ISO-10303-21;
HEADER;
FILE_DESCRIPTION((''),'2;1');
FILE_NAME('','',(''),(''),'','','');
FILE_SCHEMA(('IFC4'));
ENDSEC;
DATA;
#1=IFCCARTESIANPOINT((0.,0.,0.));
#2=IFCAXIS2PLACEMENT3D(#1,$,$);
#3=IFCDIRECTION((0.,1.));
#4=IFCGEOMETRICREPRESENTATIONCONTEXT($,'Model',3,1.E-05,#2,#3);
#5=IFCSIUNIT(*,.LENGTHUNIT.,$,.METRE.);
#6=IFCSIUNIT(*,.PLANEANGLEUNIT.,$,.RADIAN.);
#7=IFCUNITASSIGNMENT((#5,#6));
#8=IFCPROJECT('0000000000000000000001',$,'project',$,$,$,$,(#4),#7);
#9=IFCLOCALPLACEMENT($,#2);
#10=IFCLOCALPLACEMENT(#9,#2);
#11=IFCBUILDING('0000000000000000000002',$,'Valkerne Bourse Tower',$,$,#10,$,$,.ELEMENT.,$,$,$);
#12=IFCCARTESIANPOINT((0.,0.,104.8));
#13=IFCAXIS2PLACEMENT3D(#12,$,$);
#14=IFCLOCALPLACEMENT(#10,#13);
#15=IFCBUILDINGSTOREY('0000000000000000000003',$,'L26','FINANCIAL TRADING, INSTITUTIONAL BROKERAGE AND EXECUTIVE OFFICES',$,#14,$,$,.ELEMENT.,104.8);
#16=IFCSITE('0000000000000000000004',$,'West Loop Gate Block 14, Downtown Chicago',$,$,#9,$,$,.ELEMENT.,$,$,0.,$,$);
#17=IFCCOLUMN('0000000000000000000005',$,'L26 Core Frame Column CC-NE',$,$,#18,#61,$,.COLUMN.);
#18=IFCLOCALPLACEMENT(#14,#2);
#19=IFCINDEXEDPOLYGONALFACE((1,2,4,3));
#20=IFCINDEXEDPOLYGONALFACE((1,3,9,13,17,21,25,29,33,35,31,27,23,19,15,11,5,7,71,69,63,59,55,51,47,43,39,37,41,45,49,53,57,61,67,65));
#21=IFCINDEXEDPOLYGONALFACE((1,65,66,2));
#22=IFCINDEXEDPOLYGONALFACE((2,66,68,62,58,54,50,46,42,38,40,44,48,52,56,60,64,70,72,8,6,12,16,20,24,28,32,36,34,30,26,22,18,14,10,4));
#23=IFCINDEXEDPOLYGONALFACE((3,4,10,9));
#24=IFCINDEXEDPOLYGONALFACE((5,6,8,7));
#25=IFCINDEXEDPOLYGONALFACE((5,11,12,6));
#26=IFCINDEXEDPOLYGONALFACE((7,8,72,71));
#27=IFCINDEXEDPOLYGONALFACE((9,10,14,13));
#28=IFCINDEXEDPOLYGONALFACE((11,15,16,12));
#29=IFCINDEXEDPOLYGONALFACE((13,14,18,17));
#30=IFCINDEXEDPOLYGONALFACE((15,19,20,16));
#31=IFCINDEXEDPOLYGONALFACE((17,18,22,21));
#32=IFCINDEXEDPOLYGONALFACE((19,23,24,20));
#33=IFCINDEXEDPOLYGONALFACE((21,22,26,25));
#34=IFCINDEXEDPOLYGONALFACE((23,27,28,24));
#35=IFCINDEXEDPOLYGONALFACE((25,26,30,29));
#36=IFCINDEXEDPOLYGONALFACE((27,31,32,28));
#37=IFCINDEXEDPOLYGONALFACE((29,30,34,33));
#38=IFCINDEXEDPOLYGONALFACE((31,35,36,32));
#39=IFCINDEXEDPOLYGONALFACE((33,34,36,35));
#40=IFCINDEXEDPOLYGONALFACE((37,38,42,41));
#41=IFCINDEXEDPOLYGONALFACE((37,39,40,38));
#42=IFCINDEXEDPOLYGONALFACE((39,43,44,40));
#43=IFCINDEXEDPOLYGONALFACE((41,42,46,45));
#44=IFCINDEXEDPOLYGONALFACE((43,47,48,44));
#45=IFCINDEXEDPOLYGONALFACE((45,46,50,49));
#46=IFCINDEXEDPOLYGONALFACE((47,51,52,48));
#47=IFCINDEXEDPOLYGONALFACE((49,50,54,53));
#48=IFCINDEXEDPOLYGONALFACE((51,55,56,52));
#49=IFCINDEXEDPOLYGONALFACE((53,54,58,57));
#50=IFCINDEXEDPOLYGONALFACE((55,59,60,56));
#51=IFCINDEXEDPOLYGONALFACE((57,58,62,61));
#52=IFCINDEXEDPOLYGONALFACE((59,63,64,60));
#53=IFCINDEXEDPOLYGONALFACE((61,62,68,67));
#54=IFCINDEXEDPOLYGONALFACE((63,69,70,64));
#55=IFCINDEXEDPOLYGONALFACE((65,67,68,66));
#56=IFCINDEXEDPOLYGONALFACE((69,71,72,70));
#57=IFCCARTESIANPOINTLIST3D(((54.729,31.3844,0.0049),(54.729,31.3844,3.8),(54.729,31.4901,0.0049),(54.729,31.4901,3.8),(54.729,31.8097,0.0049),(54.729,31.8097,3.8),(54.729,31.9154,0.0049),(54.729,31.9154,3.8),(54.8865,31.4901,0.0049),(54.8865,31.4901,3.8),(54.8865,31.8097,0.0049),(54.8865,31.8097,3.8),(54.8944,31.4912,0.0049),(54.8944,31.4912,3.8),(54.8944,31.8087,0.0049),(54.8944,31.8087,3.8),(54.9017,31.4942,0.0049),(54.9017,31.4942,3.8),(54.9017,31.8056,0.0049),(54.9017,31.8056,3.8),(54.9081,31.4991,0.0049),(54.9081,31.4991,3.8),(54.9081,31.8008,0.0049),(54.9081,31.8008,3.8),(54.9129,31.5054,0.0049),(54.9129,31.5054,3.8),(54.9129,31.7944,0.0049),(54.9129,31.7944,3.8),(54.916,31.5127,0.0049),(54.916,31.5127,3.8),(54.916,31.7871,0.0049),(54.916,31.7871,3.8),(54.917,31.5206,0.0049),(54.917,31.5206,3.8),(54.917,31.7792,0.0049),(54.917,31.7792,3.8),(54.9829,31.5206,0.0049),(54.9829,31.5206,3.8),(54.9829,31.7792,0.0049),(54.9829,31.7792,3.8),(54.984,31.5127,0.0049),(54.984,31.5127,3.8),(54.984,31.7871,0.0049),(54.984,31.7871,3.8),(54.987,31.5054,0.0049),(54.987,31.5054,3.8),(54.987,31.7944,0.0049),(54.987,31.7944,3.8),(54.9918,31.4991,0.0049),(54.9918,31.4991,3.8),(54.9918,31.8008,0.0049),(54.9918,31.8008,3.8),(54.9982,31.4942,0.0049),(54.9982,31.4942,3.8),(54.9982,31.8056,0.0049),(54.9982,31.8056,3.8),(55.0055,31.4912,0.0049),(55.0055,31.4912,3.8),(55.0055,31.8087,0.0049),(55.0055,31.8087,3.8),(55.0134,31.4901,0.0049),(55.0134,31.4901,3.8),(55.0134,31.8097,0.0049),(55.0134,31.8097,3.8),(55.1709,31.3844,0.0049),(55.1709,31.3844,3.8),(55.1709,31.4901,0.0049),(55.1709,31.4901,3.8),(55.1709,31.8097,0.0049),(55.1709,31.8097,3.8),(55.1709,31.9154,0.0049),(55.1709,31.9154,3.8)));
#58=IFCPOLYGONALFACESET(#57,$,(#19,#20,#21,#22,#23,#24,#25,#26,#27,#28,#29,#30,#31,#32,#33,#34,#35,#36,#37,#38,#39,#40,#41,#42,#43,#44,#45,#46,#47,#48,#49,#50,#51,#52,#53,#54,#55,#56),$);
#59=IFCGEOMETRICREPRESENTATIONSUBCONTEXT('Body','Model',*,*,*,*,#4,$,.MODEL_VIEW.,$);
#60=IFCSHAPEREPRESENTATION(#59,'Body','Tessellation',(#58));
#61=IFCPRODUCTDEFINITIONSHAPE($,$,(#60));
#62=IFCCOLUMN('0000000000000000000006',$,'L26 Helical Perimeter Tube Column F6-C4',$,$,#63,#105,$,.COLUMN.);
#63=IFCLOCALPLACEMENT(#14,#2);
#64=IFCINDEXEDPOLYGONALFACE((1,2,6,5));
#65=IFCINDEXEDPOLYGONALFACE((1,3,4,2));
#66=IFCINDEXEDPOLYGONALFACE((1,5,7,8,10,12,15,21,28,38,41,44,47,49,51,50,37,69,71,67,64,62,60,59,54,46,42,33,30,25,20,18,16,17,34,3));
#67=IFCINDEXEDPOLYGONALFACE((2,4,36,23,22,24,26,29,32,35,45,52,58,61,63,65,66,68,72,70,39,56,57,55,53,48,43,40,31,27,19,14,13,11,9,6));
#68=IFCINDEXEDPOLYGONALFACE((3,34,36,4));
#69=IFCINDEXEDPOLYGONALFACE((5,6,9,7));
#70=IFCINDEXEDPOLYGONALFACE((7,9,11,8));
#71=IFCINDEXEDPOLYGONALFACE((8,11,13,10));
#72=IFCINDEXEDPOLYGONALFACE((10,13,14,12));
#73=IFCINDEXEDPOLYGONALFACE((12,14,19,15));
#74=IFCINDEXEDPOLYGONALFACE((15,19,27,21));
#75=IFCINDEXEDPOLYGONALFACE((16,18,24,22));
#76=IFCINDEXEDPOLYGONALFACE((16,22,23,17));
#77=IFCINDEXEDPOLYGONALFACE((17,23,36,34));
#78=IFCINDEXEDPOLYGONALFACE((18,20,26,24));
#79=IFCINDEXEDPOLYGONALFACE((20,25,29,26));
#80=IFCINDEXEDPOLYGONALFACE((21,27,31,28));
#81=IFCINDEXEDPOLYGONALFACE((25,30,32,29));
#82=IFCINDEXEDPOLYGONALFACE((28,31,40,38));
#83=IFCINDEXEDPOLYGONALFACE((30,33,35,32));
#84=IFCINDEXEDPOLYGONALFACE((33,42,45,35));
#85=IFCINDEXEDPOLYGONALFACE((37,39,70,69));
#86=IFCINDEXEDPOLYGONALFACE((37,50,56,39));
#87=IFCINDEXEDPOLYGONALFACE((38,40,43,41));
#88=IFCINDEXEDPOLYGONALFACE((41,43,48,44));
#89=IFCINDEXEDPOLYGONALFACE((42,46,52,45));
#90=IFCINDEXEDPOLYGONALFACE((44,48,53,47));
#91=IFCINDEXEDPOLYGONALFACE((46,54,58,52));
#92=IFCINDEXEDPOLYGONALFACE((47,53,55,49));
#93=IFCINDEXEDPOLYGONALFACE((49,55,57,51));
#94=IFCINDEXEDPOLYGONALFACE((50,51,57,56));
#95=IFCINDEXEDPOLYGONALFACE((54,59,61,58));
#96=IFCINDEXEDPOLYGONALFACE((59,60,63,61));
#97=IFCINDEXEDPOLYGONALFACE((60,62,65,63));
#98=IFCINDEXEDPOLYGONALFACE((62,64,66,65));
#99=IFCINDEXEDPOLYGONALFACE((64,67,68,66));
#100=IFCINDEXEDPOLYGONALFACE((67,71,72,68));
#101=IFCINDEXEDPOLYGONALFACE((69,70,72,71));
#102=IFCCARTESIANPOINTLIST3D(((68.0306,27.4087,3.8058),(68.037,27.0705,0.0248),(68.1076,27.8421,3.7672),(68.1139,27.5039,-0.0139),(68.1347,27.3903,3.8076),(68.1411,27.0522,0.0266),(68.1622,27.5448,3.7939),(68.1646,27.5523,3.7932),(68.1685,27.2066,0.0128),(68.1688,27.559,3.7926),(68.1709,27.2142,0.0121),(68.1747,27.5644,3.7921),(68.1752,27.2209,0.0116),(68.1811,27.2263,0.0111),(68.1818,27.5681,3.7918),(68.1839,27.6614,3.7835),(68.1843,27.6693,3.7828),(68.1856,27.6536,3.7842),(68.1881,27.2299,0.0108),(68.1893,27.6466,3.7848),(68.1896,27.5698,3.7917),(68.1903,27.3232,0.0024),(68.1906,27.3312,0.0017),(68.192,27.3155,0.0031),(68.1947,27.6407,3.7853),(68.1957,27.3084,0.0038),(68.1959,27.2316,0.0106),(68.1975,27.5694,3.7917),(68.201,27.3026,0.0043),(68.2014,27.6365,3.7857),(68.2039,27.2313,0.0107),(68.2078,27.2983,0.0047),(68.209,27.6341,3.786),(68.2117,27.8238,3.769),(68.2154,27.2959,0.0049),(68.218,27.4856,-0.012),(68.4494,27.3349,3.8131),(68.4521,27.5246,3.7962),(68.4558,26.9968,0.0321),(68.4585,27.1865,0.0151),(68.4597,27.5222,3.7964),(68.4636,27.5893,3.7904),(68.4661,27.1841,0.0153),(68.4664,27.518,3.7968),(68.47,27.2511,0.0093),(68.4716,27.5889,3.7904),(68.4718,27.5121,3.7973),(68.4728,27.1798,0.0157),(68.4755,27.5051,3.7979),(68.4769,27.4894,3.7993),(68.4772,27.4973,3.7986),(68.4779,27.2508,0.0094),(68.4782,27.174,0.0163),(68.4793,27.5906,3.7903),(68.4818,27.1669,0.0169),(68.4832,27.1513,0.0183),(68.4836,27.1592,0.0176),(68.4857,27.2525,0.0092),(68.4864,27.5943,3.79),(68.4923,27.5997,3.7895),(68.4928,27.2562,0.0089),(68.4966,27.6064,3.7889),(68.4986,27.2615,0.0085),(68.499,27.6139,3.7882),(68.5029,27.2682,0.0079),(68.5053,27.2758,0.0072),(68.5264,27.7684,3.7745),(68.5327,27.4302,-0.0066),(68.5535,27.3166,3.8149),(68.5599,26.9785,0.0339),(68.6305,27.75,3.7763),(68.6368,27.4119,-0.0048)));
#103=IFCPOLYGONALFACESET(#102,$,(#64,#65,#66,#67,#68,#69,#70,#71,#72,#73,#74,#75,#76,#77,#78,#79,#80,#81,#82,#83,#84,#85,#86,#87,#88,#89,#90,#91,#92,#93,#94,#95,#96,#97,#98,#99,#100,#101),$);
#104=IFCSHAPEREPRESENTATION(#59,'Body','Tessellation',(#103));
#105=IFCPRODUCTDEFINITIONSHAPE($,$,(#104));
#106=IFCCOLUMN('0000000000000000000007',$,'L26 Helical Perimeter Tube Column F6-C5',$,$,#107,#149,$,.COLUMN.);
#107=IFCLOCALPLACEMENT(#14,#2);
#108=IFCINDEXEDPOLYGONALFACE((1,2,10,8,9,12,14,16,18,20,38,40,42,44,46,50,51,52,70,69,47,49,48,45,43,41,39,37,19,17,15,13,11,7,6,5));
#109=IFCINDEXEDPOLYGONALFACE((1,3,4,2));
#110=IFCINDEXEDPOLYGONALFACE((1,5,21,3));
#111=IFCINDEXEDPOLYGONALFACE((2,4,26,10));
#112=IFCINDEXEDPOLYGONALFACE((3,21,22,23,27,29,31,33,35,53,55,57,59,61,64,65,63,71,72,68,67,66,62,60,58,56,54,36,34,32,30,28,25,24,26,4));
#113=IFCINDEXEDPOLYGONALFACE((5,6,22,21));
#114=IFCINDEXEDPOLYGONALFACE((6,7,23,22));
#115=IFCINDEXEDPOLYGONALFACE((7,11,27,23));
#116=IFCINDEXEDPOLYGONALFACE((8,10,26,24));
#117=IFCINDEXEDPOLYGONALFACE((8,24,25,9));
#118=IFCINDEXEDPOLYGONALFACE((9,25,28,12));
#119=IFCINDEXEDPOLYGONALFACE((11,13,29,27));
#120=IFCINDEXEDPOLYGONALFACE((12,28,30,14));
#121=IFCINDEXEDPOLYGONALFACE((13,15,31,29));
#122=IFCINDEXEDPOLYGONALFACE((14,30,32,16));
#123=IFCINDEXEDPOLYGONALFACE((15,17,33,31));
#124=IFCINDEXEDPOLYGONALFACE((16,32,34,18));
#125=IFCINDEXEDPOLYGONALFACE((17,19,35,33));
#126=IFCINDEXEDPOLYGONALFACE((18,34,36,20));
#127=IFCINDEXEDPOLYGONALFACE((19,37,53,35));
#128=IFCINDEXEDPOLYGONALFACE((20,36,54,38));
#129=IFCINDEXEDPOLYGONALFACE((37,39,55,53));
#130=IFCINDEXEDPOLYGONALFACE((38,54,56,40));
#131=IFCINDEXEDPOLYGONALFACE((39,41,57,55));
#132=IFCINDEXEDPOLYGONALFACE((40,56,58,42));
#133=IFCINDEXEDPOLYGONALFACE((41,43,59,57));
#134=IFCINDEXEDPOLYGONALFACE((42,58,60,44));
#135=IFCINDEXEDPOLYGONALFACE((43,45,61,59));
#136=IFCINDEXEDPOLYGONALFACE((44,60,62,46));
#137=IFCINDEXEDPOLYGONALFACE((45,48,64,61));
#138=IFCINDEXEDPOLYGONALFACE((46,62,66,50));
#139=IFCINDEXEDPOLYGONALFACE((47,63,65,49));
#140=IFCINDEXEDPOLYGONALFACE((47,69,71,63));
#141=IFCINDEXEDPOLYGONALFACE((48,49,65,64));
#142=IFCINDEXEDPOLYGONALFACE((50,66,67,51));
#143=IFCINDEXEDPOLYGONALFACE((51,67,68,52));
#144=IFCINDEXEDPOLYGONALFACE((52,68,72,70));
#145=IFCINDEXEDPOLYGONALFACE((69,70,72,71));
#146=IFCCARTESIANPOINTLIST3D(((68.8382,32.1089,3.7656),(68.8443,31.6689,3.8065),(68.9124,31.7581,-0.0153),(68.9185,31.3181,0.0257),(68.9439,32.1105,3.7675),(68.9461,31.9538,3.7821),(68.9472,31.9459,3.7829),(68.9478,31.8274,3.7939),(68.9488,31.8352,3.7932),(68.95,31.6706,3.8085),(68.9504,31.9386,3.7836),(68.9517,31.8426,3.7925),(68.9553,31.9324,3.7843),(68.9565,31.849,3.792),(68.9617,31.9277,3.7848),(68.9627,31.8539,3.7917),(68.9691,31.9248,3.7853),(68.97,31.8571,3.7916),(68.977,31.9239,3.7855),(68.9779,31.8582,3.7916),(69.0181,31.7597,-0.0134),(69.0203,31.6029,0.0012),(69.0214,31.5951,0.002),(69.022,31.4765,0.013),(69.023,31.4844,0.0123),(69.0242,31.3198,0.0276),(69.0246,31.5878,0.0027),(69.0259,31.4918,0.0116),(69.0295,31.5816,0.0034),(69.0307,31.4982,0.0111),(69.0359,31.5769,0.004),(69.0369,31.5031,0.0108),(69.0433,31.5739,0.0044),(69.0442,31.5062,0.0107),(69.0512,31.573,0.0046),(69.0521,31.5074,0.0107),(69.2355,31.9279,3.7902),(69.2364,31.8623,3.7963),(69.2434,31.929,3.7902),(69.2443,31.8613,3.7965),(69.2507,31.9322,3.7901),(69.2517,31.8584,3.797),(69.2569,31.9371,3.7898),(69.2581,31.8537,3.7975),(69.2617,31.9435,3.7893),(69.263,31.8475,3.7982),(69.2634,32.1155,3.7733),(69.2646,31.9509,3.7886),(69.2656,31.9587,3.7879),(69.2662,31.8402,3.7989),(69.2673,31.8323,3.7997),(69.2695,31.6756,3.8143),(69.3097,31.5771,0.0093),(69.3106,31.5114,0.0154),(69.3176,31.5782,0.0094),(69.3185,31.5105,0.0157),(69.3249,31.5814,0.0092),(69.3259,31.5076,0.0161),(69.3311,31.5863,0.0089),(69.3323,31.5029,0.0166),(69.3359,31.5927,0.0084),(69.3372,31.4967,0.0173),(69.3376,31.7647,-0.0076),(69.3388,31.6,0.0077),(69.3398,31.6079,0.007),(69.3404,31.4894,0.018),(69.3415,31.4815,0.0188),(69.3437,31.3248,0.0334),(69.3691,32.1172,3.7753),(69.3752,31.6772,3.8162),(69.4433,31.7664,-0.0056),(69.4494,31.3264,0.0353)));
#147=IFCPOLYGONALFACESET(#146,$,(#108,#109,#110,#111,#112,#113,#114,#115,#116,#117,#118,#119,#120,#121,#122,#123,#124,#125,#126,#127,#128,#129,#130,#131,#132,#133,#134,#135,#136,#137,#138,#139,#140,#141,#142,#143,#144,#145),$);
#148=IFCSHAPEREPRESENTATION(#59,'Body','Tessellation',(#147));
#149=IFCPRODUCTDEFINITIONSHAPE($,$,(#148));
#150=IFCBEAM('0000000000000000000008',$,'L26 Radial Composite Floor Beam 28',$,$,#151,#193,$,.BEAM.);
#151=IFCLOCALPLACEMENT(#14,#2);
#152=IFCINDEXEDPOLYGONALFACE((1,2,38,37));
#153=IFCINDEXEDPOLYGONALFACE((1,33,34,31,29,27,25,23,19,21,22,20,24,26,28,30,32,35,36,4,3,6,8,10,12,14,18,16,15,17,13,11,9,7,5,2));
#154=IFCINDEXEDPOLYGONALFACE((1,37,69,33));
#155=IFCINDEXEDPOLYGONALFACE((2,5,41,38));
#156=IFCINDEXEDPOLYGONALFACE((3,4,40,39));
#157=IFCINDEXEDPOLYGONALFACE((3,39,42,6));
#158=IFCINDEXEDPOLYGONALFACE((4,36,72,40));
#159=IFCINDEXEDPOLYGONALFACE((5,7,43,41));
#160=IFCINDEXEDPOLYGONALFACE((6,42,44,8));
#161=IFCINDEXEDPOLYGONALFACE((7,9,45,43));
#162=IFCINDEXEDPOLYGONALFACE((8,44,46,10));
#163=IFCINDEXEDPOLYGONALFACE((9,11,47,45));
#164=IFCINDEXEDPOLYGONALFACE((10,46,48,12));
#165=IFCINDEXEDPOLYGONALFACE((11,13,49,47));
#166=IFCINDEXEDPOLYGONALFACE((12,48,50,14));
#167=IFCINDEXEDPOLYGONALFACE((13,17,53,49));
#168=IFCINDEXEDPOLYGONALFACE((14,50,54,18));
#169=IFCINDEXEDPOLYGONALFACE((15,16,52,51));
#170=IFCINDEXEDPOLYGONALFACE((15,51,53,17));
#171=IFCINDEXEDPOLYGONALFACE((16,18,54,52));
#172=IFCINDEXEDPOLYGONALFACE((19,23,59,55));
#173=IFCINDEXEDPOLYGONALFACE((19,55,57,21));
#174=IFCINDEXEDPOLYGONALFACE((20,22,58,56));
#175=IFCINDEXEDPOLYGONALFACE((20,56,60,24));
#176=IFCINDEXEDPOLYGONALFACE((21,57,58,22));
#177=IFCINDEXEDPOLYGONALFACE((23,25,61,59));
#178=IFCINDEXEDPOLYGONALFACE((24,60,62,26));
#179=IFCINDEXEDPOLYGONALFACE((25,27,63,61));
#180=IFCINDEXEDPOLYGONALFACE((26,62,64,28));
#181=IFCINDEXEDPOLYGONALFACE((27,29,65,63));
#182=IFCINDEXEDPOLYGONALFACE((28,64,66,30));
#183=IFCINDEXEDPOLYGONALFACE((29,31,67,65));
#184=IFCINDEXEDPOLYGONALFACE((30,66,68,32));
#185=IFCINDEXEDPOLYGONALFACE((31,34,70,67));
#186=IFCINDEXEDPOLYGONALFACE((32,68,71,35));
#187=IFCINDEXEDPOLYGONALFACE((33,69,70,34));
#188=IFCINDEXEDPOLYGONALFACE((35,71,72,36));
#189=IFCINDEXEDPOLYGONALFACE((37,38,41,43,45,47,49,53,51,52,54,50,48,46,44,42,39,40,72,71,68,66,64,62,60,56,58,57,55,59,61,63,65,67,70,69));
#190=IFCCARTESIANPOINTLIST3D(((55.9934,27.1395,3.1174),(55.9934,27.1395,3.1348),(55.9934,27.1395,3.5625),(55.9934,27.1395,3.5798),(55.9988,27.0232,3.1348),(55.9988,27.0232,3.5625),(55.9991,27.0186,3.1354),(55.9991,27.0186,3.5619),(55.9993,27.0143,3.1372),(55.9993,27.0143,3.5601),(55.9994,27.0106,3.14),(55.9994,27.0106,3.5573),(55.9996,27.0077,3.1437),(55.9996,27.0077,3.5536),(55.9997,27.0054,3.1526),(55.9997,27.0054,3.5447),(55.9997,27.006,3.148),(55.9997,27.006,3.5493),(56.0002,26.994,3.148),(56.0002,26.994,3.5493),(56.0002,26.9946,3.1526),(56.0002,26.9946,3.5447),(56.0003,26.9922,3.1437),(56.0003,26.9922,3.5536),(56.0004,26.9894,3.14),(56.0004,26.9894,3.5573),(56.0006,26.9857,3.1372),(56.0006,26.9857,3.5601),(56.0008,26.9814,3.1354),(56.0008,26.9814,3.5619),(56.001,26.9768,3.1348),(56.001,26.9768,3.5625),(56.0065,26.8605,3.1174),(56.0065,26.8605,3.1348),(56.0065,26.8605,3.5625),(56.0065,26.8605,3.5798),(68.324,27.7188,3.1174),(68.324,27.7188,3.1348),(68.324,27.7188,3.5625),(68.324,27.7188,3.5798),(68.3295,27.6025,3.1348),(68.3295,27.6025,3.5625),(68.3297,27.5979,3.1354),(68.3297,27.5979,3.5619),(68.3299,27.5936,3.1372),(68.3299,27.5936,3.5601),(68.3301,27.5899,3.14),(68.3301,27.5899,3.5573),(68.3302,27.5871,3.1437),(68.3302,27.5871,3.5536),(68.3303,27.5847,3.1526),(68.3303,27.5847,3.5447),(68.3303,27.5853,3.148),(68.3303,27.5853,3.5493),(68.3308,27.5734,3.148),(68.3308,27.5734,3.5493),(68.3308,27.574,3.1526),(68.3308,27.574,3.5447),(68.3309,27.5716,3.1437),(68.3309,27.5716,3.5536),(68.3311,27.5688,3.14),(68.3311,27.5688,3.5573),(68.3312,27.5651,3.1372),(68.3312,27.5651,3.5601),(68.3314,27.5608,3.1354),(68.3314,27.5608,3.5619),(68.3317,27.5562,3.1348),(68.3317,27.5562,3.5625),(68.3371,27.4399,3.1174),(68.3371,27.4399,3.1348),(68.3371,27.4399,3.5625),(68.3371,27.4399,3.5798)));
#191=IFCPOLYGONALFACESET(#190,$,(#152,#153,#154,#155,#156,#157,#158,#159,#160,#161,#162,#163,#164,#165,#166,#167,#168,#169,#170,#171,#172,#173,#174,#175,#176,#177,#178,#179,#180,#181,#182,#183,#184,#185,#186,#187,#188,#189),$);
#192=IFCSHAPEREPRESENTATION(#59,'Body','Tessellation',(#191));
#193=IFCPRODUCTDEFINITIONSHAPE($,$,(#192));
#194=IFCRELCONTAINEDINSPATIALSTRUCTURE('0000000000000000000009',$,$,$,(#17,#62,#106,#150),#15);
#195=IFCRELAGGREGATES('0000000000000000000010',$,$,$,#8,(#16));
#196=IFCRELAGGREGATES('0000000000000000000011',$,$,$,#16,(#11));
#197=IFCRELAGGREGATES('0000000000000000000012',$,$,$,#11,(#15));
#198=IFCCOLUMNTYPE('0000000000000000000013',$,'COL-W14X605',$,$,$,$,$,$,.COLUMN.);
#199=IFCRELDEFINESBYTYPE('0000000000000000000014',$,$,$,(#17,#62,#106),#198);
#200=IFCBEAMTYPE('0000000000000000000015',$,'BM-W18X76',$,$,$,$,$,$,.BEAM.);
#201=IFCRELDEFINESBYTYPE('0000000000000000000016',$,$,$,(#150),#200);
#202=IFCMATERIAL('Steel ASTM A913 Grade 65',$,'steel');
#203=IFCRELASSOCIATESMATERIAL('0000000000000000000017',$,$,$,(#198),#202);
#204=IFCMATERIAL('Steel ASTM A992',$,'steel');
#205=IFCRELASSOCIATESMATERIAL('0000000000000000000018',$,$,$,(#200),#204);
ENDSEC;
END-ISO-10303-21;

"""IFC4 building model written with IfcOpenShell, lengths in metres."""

from ifc_helpers import new_model, si_unit, direction, frame, origin, origin_2d, place, context, subcontext, project, spatial, i_section, extrude, material, material_profile, profile_set, type_object, element, save


model = new_model("IFC4")

# Units and contexts
model_context = context("Model", 3, precision=1e-05, world=origin(), true_north=direction((0.0, 1.0)))
body_context = subcontext(model_context, "Body", "Model", "MODEL_VIEW")
ifc_project = project(units=[si_unit("LENGTHUNIT", "METRE"), si_unit("PLANEANGLEUNIT", "RADIAN")], contexts=[model_context])

# Site, building, storey
site_placement = place(None, origin())
site = spatial("IfcSite", under=ifc_project, at=site_placement, Name="West Loop Gate Block 14, Downtown Chicago", CompositionType="ELEMENT", RefElevation=0.0)
building_placement = place(site_placement, origin())
building = spatial("IfcBuilding", under=site, at=building_placement, Name="Valkerne Bourse Tower", CompositionType="ELEMENT")
storey_placement = place(building_placement, frame((0.0, 0.0, 104.8)))
storey = spatial("IfcBuildingStorey", under=building, at=storey_placement, Name="L26", Description="FINANCIAL TRADING, INSTITUTIONAL BROKERAGE AND EXECUTIVE OFFICES", CompositionType="ELEMENT", Elevation=104.8)

# Columns
ifc_material_1 = material(Name="Steel ASTM A913 Grade 65", Category="steel")
ifc_material_profile_1 = material_profile(ifc_material_1, i_section(OverallWidth=0.4419, OverallDepth=0.531, WebThickness=0.0659, FlangeThickness=0.1057, FilletRadius=0.0305, at=origin_2d()), Name="W14X605")
ifc_profile_set_1 = profile_set([ifc_material_profile_1], Name="Steel ASTM A913 Grade 65")
column_type = type_object("IfcColumnType", Name="COL-W14X605", PredefinedType="COLUMN", material=ifc_profile_set_1)
column_1_placement = place(storey_placement, frame((54.95, 31.6499, 0.0049), z_axis=(0.0, 0.0, 1.0), x_axis=(1.0, 0.0, 0.0)))
element("IfcColumn", 1, at=column_1_placement, inside=storey, type_object=column_type, Name="L26 Core Frame Column CC-NE", PredefinedType="COLUMN", context=body_context, shape_type="SweptSolid", body=[
    extrude(i_section(OverallWidth=0.4419, OverallDepth=0.531, WebThickness=0.0659, FlangeThickness=0.1057, FilletRadius=0.0305, at=origin_2d()), origin(), (0.0, 0.0, 1.0), 3.7952),
])
column_2_placement = place(storey_placement, frame((68.3369, 27.2412, 0.01), z_axis=(-0.001672, 0.089074, 0.996024), x_axis=(-0.174143, -0.980832, 0.087423)))
element("IfcColumn", 2, at=column_2_placement, inside=storey, type_object=column_type, Name="L26 Helical Perimeter Tube Column F6-C4", PredefinedType="COLUMN", context=body_context, shape_type="SweptSolid", body=[
    extrude(i_section(OverallWidth=0.4419, OverallDepth=0.531, WebThickness=0.0659, FlangeThickness=0.1057, FilletRadius=0.0305, at=origin_2d()), origin(), (0.0, 0.0, 1.0), 3.7961),
])
column_3_placement = place(storey_placement, frame((69.1809, 31.5422, 0.01), z_axis=(-0.019542, 0.092373, 0.995533), x_axis=(0.013839, -0.995602, 0.092651)))
element("IfcColumn", 3, at=column_3_placement, inside=storey, type_object=column_type, Name="L26 Helical Perimeter Tube Column F6-C5", PredefinedType="COLUMN", context=body_context, shape_type="SweptSolid", body=[
    extrude(i_section(OverallWidth=0.4419, OverallDepth=0.531, WebThickness=0.0659, FlangeThickness=0.1057, FilletRadius=0.0305, at=origin_2d()), origin(), (0.0, 0.0, 1.0), 3.7979),
])

# Beam
ifc_material_2 = material(Name="Steel ASTM A992", Category="steel")
ifc_material_profile_2 = material_profile(ifc_material_2, i_section(OverallWidth=0.2793, OverallDepth=0.4624, WebThickness=0.0107, FlangeThickness=0.0173, FilletRadius=0.0178, at=origin_2d()), Name="W18X76")
ifc_profile_set_2 = profile_set([ifc_material_profile_2], Name="Steel ASTM A992")
beam_type_1 = type_object("IfcBeamType", Name="BM-W18X76", PredefinedType="BEAM", material=ifc_profile_set_2)
beam_1_placement = place(storey_placement, frame((68.3306, 27.5793, 3.3486), z_axis=(-0.998898, -0.046933, 0.0), x_axis=(0.046933, -0.998898, 0.0)))
element("IfcBeam", 4, at=beam_1_placement, inside=storey, type_object=beam_type_1, Name="L26 Radial Composite Floor Beam 28", PredefinedType="BEAM", context=body_context, shape_type="SweptSolid", body=[
    extrude(i_section(OverallWidth=0.2793, OverallDepth=0.4624, WebThickness=0.0107, FlangeThickness=0.0173, FilletRadius=0.0178, at=origin_2d()), origin(), (0.0, 0.0, 1.0), 12.3442),
])

save(model, "model.ifc")
